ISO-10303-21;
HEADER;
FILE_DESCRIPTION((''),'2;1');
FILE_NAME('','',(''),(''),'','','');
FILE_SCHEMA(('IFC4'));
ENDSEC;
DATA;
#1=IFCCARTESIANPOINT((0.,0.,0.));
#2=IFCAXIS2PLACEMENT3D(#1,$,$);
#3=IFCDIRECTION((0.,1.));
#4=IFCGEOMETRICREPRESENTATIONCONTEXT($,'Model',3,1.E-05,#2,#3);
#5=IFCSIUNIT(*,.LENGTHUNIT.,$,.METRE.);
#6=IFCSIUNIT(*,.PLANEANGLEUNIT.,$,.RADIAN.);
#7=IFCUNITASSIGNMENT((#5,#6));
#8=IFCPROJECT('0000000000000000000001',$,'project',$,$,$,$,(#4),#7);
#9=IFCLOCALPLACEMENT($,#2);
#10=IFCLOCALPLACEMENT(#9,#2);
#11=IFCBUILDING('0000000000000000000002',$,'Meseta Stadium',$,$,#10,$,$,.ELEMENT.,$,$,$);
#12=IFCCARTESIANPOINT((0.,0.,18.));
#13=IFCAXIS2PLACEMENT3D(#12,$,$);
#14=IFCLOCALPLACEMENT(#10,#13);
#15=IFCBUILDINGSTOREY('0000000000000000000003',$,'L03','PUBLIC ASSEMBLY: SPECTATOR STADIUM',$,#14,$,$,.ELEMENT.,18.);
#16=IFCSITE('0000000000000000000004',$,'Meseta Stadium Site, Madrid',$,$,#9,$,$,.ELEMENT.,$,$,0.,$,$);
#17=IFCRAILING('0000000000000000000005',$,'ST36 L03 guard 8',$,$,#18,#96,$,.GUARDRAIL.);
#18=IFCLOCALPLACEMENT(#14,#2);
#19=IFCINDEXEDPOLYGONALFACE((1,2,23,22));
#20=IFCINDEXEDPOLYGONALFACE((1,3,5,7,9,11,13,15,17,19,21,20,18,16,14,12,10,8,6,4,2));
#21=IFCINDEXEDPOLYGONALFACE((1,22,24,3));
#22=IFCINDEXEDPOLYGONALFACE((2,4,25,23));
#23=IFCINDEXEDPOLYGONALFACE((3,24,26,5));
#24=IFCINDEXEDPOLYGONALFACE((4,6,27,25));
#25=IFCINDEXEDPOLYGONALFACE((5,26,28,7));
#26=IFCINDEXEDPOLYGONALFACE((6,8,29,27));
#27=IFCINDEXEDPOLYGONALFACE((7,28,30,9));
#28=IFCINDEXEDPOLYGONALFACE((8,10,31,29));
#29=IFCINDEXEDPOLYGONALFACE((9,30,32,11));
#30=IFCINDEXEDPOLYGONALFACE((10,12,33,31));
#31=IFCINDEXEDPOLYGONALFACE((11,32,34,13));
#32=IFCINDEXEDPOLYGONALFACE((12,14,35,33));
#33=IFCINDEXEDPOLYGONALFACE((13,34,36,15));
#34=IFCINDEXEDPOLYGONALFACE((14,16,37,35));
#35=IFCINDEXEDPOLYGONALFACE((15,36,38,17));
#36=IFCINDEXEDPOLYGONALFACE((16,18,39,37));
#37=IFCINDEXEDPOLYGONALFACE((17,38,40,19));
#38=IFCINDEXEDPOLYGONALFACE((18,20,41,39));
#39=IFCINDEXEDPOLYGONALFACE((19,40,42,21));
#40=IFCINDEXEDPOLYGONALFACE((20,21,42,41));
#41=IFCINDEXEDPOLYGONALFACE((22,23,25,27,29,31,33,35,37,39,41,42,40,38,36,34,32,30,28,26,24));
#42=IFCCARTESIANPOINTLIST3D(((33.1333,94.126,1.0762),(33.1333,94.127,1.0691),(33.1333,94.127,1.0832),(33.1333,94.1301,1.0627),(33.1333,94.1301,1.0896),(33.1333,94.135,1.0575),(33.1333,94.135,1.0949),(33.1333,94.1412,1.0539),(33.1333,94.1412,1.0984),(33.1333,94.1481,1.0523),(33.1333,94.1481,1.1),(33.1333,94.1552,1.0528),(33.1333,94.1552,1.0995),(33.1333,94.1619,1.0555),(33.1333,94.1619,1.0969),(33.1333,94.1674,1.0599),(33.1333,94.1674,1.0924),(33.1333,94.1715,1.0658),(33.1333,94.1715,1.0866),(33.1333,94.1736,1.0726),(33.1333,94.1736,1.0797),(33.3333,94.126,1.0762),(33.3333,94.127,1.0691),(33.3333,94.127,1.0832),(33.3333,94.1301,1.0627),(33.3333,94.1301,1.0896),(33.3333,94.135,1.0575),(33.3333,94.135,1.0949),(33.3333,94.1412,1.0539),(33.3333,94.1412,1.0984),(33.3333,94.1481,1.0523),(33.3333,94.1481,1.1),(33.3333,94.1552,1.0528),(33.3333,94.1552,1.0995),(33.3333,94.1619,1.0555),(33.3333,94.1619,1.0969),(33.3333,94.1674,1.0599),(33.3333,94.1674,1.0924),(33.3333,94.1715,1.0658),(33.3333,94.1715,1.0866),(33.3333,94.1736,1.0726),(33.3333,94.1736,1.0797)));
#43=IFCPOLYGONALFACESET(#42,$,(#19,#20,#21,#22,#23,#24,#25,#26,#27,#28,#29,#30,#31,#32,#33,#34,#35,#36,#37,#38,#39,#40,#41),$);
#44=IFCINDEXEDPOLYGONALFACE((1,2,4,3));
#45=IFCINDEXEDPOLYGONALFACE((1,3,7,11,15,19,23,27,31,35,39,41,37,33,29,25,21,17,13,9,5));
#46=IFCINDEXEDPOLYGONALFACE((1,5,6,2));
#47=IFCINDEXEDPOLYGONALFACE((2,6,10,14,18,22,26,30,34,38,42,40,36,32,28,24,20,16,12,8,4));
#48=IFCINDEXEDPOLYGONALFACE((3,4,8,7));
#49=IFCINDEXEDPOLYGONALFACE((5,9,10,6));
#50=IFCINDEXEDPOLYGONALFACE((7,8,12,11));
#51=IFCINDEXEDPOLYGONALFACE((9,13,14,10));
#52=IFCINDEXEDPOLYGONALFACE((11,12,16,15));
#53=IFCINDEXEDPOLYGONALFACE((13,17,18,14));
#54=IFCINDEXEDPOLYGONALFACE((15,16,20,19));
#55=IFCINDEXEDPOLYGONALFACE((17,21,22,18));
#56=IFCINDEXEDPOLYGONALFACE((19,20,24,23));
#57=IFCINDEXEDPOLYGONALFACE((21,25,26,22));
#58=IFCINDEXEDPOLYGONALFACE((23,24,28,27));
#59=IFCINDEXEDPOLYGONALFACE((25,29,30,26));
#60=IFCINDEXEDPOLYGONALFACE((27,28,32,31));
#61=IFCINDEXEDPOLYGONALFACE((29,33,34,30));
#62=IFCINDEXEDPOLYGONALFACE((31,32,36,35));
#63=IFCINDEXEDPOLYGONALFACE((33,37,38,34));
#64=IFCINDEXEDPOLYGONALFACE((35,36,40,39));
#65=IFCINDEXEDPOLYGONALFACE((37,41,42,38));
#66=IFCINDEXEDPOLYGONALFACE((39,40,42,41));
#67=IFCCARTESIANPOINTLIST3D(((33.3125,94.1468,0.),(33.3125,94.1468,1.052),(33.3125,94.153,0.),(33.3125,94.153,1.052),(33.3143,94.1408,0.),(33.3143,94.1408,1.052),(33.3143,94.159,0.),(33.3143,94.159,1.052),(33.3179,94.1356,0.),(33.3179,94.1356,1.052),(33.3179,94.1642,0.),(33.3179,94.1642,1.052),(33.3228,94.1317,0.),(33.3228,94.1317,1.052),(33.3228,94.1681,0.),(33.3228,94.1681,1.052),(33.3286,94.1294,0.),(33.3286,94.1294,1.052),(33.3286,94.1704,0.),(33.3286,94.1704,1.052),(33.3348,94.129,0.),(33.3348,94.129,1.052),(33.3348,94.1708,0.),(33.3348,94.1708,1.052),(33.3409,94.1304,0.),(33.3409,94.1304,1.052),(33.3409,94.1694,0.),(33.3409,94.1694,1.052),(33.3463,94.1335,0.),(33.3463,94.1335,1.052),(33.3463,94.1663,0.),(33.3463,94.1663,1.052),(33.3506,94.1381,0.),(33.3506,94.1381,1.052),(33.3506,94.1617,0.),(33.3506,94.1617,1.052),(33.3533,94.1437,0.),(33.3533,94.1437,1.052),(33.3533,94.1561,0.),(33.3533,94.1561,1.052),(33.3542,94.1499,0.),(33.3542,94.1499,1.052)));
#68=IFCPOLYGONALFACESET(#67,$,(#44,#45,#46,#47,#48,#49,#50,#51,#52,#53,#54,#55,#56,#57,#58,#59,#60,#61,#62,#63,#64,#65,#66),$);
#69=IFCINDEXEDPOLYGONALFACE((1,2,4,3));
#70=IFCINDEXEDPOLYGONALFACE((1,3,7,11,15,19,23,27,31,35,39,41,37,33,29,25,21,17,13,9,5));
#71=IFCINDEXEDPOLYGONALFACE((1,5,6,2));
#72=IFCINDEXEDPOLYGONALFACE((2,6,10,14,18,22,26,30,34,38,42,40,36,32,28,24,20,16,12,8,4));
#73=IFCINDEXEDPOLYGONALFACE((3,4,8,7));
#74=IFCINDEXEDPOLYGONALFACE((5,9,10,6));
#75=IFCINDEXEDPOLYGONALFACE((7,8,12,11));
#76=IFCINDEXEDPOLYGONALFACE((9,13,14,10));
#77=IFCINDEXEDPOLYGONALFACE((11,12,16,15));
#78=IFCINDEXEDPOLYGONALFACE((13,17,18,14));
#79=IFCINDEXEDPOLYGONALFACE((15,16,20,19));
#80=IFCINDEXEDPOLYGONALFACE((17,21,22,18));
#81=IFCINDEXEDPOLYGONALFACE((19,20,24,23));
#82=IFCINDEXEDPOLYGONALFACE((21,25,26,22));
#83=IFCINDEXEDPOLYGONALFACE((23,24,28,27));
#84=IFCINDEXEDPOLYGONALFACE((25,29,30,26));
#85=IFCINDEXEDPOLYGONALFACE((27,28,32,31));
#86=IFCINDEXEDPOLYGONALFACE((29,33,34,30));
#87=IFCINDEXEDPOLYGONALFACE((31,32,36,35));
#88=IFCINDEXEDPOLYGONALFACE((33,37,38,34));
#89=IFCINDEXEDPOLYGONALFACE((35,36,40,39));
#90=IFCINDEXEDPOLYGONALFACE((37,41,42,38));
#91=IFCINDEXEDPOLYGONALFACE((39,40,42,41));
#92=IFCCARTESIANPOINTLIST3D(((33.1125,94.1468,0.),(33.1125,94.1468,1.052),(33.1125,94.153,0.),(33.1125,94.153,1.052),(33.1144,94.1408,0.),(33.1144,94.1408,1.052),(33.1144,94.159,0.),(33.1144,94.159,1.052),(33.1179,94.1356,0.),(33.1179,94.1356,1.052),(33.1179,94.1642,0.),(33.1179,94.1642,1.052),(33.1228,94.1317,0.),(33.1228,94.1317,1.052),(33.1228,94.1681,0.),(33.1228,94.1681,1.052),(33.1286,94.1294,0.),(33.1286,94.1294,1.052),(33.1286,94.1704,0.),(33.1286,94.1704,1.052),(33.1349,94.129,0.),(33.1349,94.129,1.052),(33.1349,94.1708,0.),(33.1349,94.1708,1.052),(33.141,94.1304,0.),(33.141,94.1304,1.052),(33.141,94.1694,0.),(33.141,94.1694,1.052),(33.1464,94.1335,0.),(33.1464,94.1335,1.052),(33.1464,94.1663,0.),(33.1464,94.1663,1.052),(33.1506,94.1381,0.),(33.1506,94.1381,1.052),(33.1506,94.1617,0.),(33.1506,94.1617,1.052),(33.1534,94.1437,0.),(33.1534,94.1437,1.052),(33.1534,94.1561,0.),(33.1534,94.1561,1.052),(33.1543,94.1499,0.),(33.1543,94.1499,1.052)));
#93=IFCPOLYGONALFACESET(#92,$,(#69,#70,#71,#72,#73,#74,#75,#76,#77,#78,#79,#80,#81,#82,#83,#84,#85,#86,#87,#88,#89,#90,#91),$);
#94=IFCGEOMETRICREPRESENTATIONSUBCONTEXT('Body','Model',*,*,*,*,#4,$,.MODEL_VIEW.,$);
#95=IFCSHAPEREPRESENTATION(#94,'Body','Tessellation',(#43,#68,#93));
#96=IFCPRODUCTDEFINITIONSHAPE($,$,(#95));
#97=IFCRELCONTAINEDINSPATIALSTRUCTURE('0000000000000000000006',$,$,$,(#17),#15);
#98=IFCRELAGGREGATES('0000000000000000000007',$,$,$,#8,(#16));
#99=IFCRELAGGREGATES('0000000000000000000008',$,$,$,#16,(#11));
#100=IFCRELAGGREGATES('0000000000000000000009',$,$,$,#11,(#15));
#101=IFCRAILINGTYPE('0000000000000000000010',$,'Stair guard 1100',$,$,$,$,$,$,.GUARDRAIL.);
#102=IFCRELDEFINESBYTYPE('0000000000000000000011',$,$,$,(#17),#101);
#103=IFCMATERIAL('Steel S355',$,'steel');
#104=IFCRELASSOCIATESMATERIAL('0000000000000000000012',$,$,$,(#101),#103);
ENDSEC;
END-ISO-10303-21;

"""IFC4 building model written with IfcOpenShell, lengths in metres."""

from ifc_helpers import new_model, si_unit, direction, frame, origin, origin_2d, place, context, subcontext, project, spatial, circle, extrude, material, type_object, element, save


model = new_model("IFC4")

# Units and contexts
model_context = context("Model", 3, precision=1e-05, world=origin(), true_north=direction((0.0, 1.0)))
body_context = subcontext(model_context, "Body", "Model", "MODEL_VIEW")
ifc_project = project(units=[si_unit("LENGTHUNIT", "METRE"), si_unit("PLANEANGLEUNIT", "RADIAN")], contexts=[model_context])

# Site, building, storey
site_placement = place(None, origin())
site = spatial("IfcSite", under=ifc_project, at=site_placement, Name="Meseta Stadium Site, Madrid", CompositionType="ELEMENT", RefElevation=0.0)
building_placement = place(site_placement, origin())
building = spatial("IfcBuilding", under=site, at=building_placement, Name="Meseta Stadium", CompositionType="ELEMENT")
storey_placement = place(building_placement, frame((0.0, 0.0, 18.0)))
storey = spatial("IfcBuildingStorey", under=building, at=storey_placement, Name="L03", Description="PUBLIC ASSEMBLY: SPECTATOR STADIUM", CompositionType="ELEMENT", Elevation=18.0)

# Railing
ifc_material_1 = material(Name="Steel S355", Category="steel")
railing_type_1 = type_object("IfcRailingType", Name="Stair guard 1100", PredefinedType="GUARDRAIL", material=ifc_material_1)
railing_1_placement = place(storey_placement, frame((33.3333, 94.1499, 0.0)))
element("IfcRailing", 1, at=railing_1_placement, inside=storey, type_object=railing_type_1, Name="ST36 L03 guard 8", PredefinedType="GUARDRAIL", context=body_context, shape_type="SweptSolid", body=[
    extrude(circle(Radius=0.0239, at=origin_2d()), frame((0.0, 0.0, 1.0762), z_axis=(-1.0, 0.0, 0.0), x_axis=(0.0, -1.0, 0.0)), (0.0, 0.0, 1.0), 0.2),
    extrude(circle(Radius=0.021, at=origin_2d()), origin(), (0.0, 0.0, 1.0), 1.052),
    extrude(circle(Radius=0.021, at=origin_2d()), frame((-0.2, 0.0, 0.0)), (0.0, 0.0, 1.0), 1.052),
])

save(model, "model.ifc")
